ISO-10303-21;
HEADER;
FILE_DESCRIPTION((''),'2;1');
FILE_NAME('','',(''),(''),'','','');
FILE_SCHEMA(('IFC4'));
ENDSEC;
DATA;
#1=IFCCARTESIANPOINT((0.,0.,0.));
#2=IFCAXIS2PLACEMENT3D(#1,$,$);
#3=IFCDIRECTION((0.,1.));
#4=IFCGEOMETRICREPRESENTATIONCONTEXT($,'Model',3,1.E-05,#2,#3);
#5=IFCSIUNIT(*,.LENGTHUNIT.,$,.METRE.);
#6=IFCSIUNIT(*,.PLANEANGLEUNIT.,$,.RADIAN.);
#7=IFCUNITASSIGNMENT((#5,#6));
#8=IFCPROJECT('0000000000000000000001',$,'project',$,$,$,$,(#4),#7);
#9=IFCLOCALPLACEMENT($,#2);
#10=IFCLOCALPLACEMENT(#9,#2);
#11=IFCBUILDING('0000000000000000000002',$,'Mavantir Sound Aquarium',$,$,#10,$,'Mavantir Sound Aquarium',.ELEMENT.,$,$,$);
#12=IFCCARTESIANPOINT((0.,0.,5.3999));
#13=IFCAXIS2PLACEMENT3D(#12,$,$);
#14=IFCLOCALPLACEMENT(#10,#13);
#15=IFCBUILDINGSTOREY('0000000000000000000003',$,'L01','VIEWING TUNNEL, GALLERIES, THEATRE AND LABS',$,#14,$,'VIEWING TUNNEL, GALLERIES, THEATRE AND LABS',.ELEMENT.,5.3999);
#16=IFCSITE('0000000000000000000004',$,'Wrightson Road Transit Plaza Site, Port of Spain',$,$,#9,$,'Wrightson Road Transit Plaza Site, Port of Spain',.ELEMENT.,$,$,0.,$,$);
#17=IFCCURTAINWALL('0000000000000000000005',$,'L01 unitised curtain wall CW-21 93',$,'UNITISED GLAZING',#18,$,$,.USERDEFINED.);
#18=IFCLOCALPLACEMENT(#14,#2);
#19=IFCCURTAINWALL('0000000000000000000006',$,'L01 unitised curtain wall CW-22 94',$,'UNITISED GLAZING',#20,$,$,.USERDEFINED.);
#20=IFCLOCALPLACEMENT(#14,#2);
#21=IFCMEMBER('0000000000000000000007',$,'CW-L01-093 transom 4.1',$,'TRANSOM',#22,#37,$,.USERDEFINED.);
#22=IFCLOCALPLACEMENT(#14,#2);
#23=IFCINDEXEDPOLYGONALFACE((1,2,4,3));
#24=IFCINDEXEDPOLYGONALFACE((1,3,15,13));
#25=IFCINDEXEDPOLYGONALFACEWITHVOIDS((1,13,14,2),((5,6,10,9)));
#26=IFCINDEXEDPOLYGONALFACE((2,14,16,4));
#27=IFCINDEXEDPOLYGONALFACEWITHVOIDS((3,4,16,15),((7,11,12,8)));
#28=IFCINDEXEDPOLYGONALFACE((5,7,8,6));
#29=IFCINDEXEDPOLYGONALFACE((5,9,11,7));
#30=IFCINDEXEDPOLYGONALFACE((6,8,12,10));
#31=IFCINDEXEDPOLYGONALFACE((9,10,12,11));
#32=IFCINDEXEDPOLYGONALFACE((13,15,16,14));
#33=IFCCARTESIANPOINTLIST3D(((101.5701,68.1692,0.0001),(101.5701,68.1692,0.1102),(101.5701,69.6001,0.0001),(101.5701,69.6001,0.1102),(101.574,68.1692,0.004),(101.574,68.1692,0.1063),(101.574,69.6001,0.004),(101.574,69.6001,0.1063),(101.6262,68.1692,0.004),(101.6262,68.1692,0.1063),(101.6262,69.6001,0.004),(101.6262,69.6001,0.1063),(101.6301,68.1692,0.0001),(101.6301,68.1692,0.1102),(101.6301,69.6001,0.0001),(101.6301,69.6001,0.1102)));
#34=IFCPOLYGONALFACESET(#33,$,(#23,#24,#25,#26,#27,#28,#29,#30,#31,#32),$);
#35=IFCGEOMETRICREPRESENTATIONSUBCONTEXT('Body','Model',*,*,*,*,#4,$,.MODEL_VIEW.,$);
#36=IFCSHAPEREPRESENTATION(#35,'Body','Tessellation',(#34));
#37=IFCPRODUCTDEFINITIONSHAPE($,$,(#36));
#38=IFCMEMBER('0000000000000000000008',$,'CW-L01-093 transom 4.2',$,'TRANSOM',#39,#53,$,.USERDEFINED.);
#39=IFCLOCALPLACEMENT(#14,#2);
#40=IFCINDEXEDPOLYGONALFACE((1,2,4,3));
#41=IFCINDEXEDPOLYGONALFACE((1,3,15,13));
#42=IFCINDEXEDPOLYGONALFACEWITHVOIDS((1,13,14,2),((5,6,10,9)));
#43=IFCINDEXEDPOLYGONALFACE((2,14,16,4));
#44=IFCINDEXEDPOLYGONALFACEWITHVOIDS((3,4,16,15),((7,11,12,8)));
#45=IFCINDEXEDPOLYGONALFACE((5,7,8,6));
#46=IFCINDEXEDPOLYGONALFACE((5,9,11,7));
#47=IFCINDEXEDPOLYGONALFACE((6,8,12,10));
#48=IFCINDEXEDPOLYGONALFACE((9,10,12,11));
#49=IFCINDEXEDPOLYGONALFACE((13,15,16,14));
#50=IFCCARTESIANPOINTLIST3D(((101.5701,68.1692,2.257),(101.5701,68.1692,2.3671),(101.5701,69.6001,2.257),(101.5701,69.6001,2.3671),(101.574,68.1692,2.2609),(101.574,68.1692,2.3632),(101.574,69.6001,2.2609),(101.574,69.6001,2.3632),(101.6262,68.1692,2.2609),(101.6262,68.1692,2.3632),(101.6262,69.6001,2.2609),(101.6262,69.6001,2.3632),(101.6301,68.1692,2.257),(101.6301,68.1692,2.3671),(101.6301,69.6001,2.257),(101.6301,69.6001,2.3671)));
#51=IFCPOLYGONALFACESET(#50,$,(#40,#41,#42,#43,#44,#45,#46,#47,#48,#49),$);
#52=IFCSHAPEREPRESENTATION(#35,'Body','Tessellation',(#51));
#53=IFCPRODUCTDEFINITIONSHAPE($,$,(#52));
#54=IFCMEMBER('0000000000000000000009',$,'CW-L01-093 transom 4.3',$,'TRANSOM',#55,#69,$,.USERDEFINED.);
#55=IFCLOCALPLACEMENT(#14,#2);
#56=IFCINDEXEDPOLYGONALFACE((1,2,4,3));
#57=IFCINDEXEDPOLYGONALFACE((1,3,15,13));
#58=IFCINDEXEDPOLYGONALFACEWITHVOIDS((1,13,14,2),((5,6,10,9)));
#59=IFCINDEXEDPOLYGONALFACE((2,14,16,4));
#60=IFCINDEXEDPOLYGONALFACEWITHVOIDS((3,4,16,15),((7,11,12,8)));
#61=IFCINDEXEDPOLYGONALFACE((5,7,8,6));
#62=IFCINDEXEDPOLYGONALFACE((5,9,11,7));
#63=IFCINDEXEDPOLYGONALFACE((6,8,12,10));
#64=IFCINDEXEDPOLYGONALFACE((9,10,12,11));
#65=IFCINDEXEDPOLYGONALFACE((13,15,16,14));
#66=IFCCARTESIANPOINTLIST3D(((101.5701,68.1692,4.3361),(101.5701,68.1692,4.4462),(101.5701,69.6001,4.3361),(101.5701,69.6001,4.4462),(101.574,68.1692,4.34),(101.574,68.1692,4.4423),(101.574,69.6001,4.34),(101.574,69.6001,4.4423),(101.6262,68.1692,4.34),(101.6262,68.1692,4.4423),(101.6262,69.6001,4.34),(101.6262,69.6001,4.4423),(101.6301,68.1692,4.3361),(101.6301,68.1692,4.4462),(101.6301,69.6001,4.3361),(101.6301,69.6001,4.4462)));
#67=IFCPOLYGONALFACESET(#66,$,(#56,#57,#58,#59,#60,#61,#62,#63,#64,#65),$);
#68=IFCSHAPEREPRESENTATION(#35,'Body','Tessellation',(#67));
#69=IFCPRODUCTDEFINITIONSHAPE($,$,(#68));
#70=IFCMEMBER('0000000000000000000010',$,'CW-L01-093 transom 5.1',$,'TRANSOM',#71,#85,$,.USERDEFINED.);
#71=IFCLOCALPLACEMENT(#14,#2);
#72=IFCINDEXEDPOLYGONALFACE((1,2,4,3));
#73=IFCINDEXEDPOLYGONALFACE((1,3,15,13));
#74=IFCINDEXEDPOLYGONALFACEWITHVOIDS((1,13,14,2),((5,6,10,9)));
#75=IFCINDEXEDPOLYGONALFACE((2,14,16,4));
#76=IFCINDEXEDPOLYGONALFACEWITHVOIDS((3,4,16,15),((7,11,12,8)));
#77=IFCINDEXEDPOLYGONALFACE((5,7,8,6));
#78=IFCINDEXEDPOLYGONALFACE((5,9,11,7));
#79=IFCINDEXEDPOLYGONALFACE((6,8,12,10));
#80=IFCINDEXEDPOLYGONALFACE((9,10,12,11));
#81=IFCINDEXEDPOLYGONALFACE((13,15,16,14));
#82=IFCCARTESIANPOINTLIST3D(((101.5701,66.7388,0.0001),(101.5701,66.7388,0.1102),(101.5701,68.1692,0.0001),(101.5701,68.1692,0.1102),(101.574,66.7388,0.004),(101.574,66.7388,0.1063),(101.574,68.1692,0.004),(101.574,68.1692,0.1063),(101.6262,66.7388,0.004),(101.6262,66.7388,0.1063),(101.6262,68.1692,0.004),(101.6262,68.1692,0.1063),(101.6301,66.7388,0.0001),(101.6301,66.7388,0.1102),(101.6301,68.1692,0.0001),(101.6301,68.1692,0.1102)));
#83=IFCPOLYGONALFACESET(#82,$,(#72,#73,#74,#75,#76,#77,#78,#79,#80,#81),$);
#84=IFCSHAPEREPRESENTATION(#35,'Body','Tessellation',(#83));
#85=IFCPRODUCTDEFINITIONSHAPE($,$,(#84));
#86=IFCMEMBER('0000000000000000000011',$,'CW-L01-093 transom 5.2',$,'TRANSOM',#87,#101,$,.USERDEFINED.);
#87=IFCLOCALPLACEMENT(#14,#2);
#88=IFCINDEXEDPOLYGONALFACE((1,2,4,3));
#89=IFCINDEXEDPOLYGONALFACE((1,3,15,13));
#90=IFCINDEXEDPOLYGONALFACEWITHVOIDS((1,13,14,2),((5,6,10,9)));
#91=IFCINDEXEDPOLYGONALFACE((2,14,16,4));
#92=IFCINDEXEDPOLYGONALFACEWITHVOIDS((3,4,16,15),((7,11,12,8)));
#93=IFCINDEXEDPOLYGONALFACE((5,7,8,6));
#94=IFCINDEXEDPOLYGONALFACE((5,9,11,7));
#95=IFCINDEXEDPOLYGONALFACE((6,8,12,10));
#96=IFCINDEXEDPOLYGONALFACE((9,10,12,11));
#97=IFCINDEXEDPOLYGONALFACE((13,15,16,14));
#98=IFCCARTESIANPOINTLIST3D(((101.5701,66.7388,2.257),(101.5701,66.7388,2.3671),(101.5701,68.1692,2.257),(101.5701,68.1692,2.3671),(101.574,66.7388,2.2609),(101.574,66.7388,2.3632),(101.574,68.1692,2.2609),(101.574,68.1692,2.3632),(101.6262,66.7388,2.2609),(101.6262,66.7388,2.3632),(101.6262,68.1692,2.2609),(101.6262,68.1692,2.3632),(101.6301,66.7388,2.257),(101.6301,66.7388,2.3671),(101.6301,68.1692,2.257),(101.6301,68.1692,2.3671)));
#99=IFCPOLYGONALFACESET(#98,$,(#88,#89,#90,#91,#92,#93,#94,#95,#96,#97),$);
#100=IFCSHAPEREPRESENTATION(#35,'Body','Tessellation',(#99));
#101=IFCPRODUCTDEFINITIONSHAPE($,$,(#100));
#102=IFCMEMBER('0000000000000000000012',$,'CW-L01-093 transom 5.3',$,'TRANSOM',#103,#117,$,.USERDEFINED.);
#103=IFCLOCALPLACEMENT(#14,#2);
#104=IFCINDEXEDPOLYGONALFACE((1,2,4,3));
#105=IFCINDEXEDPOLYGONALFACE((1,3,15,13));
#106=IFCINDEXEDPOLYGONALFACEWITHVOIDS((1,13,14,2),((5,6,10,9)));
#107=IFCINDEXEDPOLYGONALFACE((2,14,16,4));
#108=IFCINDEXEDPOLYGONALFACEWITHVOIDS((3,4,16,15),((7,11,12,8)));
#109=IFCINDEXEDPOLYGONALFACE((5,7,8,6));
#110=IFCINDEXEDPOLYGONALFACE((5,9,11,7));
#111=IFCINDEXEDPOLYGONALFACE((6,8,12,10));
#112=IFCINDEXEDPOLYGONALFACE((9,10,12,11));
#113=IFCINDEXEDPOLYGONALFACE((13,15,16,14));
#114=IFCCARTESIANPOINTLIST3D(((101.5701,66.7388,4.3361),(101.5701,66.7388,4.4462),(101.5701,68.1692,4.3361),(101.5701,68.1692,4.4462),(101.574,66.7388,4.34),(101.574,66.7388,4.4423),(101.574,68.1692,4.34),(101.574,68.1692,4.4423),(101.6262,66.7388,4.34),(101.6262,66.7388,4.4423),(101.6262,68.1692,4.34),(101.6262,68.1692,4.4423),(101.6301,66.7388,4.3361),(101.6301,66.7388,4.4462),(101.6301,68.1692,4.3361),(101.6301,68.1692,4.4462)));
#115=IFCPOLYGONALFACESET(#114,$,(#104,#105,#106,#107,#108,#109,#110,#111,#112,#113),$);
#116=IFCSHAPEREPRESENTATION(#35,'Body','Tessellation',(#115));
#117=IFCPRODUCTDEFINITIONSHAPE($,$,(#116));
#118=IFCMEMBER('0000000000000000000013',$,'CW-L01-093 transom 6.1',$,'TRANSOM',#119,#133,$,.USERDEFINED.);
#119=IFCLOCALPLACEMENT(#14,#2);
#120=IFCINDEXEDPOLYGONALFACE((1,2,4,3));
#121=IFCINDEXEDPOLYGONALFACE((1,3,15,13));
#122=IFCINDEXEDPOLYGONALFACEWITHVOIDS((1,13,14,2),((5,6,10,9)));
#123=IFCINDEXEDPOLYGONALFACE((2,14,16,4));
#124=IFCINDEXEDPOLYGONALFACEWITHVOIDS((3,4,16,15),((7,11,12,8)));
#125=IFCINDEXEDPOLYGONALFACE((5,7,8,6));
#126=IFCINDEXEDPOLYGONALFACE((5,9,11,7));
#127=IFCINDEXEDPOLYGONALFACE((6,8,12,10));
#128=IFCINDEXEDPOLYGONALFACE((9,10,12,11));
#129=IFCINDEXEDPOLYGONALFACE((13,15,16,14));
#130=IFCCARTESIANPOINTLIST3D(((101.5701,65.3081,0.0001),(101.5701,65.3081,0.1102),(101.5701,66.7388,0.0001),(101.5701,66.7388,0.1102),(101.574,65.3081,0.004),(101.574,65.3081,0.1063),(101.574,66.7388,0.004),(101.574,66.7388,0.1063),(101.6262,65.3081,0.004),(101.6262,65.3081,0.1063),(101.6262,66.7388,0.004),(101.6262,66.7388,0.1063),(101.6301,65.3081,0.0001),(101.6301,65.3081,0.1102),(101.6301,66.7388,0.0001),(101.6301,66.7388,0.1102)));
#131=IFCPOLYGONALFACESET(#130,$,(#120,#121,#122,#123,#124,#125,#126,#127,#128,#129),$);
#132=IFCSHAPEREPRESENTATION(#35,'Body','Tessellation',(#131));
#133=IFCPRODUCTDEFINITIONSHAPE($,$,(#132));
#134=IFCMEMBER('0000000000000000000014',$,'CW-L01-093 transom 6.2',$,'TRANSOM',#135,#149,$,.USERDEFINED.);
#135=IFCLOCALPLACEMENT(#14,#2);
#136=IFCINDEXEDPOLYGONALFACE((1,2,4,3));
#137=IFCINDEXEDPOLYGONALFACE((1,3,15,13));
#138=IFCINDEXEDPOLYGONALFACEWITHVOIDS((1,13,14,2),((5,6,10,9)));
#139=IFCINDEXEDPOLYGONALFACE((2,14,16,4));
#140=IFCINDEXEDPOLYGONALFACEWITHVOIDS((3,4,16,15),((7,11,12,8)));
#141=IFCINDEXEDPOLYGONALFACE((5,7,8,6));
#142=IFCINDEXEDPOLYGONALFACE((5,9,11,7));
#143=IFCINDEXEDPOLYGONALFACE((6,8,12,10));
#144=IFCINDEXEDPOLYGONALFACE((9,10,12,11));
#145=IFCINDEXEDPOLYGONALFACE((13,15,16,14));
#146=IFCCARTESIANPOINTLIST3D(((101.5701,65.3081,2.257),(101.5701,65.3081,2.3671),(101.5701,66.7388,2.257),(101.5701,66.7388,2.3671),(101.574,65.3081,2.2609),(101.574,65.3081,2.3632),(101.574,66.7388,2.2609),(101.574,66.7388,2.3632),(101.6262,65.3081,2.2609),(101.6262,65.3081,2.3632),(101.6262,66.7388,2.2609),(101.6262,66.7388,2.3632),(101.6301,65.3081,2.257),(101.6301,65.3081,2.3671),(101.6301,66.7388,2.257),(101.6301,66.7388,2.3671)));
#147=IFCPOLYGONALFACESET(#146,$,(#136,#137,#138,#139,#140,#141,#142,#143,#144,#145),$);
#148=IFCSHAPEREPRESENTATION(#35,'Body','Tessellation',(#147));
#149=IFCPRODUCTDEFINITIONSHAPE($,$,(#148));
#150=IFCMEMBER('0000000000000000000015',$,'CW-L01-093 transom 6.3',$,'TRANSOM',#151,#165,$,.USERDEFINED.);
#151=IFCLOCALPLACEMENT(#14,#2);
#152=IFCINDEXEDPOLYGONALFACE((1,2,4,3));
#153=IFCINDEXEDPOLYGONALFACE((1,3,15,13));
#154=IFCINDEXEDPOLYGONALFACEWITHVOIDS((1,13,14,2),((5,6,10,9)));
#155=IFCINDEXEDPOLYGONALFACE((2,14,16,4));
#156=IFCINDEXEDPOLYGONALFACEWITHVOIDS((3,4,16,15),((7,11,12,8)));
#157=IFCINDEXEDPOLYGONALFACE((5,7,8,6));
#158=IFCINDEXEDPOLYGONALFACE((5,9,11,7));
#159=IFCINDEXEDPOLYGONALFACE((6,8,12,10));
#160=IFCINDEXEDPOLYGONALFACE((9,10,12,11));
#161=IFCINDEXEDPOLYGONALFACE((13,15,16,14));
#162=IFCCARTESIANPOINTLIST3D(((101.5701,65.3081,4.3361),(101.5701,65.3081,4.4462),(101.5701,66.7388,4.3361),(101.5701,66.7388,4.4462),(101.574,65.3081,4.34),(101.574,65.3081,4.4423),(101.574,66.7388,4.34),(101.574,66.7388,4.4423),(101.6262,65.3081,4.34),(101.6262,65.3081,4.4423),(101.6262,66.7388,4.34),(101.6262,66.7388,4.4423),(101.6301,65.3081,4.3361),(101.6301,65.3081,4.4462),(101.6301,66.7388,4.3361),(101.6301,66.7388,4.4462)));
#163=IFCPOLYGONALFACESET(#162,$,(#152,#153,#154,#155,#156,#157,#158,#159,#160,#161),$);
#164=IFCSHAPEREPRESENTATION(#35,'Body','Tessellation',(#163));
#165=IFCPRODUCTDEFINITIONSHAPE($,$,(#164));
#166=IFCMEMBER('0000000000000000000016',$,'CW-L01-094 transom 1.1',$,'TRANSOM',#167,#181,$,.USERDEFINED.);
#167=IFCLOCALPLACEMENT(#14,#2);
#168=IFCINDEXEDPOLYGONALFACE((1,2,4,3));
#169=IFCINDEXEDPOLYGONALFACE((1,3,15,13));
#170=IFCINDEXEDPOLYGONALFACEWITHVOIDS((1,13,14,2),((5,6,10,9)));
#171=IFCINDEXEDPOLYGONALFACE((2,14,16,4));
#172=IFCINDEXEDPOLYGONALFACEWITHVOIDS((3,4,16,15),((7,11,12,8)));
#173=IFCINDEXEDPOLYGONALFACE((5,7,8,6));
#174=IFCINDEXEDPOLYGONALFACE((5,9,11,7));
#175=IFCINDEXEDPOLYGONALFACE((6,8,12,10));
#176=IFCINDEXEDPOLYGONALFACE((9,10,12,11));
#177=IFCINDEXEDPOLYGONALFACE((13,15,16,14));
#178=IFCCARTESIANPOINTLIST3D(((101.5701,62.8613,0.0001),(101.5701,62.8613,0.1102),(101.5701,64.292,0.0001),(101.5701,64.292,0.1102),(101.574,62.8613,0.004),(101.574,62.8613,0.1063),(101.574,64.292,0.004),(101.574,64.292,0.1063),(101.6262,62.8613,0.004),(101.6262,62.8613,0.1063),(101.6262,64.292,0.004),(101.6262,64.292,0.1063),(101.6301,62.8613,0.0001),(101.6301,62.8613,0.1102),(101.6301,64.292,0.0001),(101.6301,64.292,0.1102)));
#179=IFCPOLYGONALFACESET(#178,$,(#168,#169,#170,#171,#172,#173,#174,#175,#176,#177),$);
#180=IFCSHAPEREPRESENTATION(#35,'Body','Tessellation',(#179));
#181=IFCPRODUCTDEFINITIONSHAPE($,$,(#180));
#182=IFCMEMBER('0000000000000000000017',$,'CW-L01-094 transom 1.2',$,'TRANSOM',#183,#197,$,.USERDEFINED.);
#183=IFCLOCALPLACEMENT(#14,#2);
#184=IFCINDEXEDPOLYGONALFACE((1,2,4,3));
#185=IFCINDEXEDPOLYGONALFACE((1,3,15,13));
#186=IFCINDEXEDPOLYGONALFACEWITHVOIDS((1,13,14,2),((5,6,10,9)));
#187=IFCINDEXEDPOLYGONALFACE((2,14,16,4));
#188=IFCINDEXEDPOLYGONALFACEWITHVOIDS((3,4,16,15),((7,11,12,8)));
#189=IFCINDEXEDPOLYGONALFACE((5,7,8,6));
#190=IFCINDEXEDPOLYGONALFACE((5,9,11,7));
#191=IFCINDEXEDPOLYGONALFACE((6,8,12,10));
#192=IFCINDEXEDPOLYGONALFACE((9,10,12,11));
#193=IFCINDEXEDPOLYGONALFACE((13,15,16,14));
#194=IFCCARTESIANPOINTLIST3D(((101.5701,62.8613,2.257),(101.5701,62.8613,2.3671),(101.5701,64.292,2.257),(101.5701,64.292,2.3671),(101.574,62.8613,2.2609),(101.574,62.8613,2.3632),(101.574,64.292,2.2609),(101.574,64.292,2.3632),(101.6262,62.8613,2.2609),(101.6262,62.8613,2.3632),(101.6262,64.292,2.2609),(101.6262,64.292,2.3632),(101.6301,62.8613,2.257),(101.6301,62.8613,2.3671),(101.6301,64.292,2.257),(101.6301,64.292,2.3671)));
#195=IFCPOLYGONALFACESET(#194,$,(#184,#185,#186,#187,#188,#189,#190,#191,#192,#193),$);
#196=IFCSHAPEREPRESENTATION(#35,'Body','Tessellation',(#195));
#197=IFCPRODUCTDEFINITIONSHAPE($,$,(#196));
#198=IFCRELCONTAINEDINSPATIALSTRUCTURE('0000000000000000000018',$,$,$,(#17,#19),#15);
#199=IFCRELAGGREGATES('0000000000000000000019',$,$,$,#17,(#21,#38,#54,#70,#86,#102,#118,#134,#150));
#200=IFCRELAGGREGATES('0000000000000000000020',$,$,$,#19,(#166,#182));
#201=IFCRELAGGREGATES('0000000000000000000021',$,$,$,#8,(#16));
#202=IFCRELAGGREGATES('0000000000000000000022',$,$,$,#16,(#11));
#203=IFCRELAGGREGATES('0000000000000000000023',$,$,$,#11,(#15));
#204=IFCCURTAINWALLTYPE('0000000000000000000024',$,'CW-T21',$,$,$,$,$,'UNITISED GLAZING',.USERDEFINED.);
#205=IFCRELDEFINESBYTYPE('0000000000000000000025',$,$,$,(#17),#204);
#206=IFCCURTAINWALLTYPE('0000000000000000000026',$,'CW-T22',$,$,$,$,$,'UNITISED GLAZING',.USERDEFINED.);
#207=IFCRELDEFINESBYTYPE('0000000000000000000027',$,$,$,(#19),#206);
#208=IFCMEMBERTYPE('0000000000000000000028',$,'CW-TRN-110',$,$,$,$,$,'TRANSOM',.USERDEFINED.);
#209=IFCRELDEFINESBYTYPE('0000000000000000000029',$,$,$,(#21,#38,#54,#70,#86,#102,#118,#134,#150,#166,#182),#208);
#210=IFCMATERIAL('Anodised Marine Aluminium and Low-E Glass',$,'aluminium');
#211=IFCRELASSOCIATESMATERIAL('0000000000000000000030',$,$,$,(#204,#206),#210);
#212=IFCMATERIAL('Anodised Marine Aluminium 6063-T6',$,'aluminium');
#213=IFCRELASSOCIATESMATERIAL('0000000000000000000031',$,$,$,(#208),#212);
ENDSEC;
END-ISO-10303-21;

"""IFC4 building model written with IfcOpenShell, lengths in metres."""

from ifc_helpers import new_model, si_unit, direction, frame, origin, origin_2d, place, context, subcontext, project, spatial, hollow_rectangle, extrude, material, material_profile, profile_set, type_object, element, aggregate, save


model = new_model("IFC4")

# Units and contexts
model_context = context("Model", 3, precision=1e-05, world=origin(), true_north=direction((0.0, 1.0)))
body_context = subcontext(model_context, "Body", "Model", "MODEL_VIEW")
ifc_project = project(units=[si_unit("LENGTHUNIT", "METRE"), si_unit("PLANEANGLEUNIT", "RADIAN")], contexts=[model_context])

# Site, building, storey
site_placement = place(None, origin())
site = spatial("IfcSite", under=ifc_project, at=site_placement, Name="Wrightson Road Transit Plaza Site, Port of Spain", LongName="Wrightson Road Transit Plaza Site, Port of Spain", CompositionType="ELEMENT", RefElevation=0.0)
building_placement = place(site_placement, origin())
building = spatial("IfcBuilding", under=site, at=building_placement, Name="Mavantir Sound Aquarium", LongName="Mavantir Sound Aquarium", CompositionType="ELEMENT")
storey_placement = place(building_placement, frame((0.0, 0.0, 5.3999)))
storey = spatial("IfcBuildingStorey", under=building, at=storey_placement, Name="L01", Description="VIEWING TUNNEL, GALLERIES, THEATRE AND LABS", LongName="VIEWING TUNNEL, GALLERIES, THEATRE AND LABS", CompositionType="ELEMENT", Elevation=5.3999)

# Curtain walls
ifc_material_1 = material(Name="Anodised Marine Aluminium and Low-E Glass", Category="aluminium")
curtain_wall_type_1 = type_object("IfcCurtainWallType", Name="CW-T21", ElementType="UNITISED GLAZING", PredefinedType="USERDEFINED", material=ifc_material_1)
curtain_wall_1_placement = place(storey_placement, origin())
curtain_wall_1 = element("IfcCurtainWall", 1, at=curtain_wall_1_placement, inside=storey, type_object=curtain_wall_type_1, Name="L01 unitised curtain wall CW-21 93", ObjectType="UNITISED GLAZING", PredefinedType="USERDEFINED")
ifc_material_2 = material(Name="Anodised Marine Aluminium 6063-T6", Category="aluminium")
curtain_wall_type_2 = type_object("IfcCurtainWallType", Name="CW-T22", ElementType="UNITISED GLAZING", PredefinedType="USERDEFINED", material=ifc_material_1)
curtain_wall_2_placement = place(storey_placement, origin())
curtain_wall_2 = element("IfcCurtainWall", 2, at=curtain_wall_2_placement, inside=storey, type_object=curtain_wall_type_2, Name="L01 unitised curtain wall CW-22 94", ObjectType="UNITISED GLAZING", PredefinedType="USERDEFINED")

# Members
ifc_material_profile_1 = material_profile(ifc_material_2, hollow_rectangle(XDim=0.0601, YDim=0.1101, WallThickness=0.0039, at=origin_2d()), Name="ALU-TRANSOM-110X60")
ifc_profile_set_1 = profile_set([ifc_material_profile_1], Name="Anodised Marine Aluminium 6063-T6")
member_type_1 = type_object("IfcMemberType", Name="CW-TRN-110", ElementType="TRANSOM", PredefinedType="USERDEFINED", material=ifc_profile_set_1)
member_1_placement = place(storey_placement, frame((101.6001, 69.6001, 0.0552), z_axis=(0.0, -1.0, 0.0), x_axis=(1.0, 0.0, 0.0)))
member_1 = element("IfcMember", 3, at=member_1_placement, type_object=member_type_1, Name="CW-L01-093 transom 4.1", ObjectType="TRANSOM", PredefinedType="USERDEFINED", context=body_context, shape_type="SweptSolid", body=[
    extrude(hollow_rectangle(XDim=0.0601, YDim=0.1101, WallThickness=0.0039, at=origin_2d()), origin(), (0.0, 0.0, 1.0), 1.4309),
])
member_2_placement = place(storey_placement, frame((101.6001, 69.6001, 2.312), z_axis=(0.0, -1.0, 0.0), x_axis=(1.0, 0.0, 0.0)))
member_2 = element("IfcMember", 4, at=member_2_placement, type_object=member_type_1, Name="CW-L01-093 transom 4.2", ObjectType="TRANSOM", PredefinedType="USERDEFINED", context=body_context, shape_type="SweptSolid", body=[
    extrude(hollow_rectangle(XDim=0.0601, YDim=0.1101, WallThickness=0.0039, at=origin_2d()), origin(), (0.0, 0.0, 1.0), 1.4309),
])
member_3_placement = place(storey_placement, frame((101.6001, 69.6001, 4.3911), z_axis=(0.0, -1.0, 0.0), x_axis=(1.0, 0.0, 0.0)))
member_3 = element("IfcMember", 5, at=member_3_placement, type_object=member_type_1, Name="CW-L01-093 transom 4.3", ObjectType="TRANSOM", PredefinedType="USERDEFINED", context=body_context, shape_type="SweptSolid", body=[
    extrude(hollow_rectangle(XDim=0.0601, YDim=0.1101, WallThickness=0.0039, at=origin_2d()), origin(), (0.0, 0.0, 1.0), 1.4309),
])
member_4_placement = place(storey_placement, frame((101.6001, 68.1692, 0.0552), z_axis=(0.0, -1.0, 0.0), x_axis=(1.0, 0.0, 0.0)))
member_4 = element("IfcMember", 6, at=member_4_placement, type_object=member_type_1, Name="CW-L01-093 transom 5.1", ObjectType="TRANSOM", PredefinedType="USERDEFINED", context=body_context, shape_type="SweptSolid", body=[
    extrude(hollow_rectangle(XDim=0.0601, YDim=0.1101, WallThickness=0.0039, at=origin_2d()), origin(), (0.0, 0.0, 1.0), 1.4304),
])
member_5_placement = place(storey_placement, frame((101.6001, 68.1692, 2.312), z_axis=(0.0, -1.0, 0.0), x_axis=(1.0, 0.0, 0.0)))
member_5 = element("IfcMember", 7, at=member_5_placement, type_object=member_type_1, Name="CW-L01-093 transom 5.2", ObjectType="TRANSOM", PredefinedType="USERDEFINED", context=body_context, shape_type="SweptSolid", body=[
    extrude(hollow_rectangle(XDim=0.0601, YDim=0.1101, WallThickness=0.0039, at=origin_2d()), origin(), (0.0, 0.0, 1.0), 1.4304),
])
member_6_placement = place(storey_placement, frame((101.6001, 68.1692, 4.3911), z_axis=(0.0, -1.0, 0.0), x_axis=(1.0, 0.0, 0.0)))
member_6 = element("IfcMember", 8, at=member_6_placement, type_object=member_type_1, Name="CW-L01-093 transom 5.3", ObjectType="TRANSOM", PredefinedType="USERDEFINED", context=body_context, shape_type="SweptSolid", body=[
    extrude(hollow_rectangle(XDim=0.0601, YDim=0.1101, WallThickness=0.0039, at=origin_2d()), origin(), (0.0, 0.0, 1.0), 1.4304),
])
member_7_placement = place(storey_placement, frame((101.6001, 66.7388, 0.0552), z_axis=(0.0, -1.0, 0.0), x_axis=(1.0, 0.0, 0.0)))
member_7 = element("IfcMember", 9, at=member_7_placement, type_object=member_type_1, Name="CW-L01-093 transom 6.1", ObjectType="TRANSOM", PredefinedType="USERDEFINED", context=body_context, shape_type="SweptSolid", body=[
    extrude(hollow_rectangle(XDim=0.0601, YDim=0.1101, WallThickness=0.0039, at=origin_2d()), origin(), (0.0, 0.0, 1.0), 1.4307),
])
member_8_placement = place(storey_placement, frame((101.6001, 66.7388, 2.312), z_axis=(0.0, -1.0, 0.0), x_axis=(1.0, 0.0, 0.0)))
member_8 = element("IfcMember", 10, at=member_8_placement, type_object=member_type_1, Name="CW-L01-093 transom 6.2", ObjectType="TRANSOM", PredefinedType="USERDEFINED", context=body_context, shape_type="SweptSolid", body=[
    extrude(hollow_rectangle(XDim=0.0601, YDim=0.1101, WallThickness=0.0039, at=origin_2d()), origin(), (0.0, 0.0, 1.0), 1.4307),
])
member_9_placement = place(storey_placement, frame((101.6001, 66.7388, 4.3911), z_axis=(0.0, -1.0, 0.0), x_axis=(1.0, 0.0, 0.0)))
member_9 = element("IfcMember", 11, at=member_9_placement, type_object=member_type_1, Name="CW-L01-093 transom 6.3", ObjectType="TRANSOM", PredefinedType="USERDEFINED", context=body_context, shape_type="SweptSolid", body=[
    extrude(hollow_rectangle(XDim=0.0601, YDim=0.1101, WallThickness=0.0039, at=origin_2d()), origin(), (0.0, 0.0, 1.0), 1.4307),
])
member_10_placement = place(storey_placement, frame((101.6001, 64.292, 0.0552), z_axis=(0.0, -1.0, 0.0), x_axis=(1.0, 0.0, 0.0)))
member_10 = element("IfcMember", 12, at=member_10_placement, type_object=member_type_1, Name="CW-L01-094 transom 1.1", ObjectType="TRANSOM", PredefinedType="USERDEFINED", context=body_context, shape_type="SweptSolid", body=[
    extrude(hollow_rectangle(XDim=0.0601, YDim=0.1101, WallThickness=0.0039, at=origin_2d()), origin(), (0.0, 0.0, 1.0), 1.4307),
])
member_11_placement = place(storey_placement, frame((101.6001, 64.292, 2.312), z_axis=(0.0, -1.0, 0.0), x_axis=(1.0, 0.0, 0.0)))
member_11 = element("IfcMember", 13, at=member_11_placement, type_object=member_type_1, Name="CW-L01-094 transom 1.2", ObjectType="TRANSOM", PredefinedType="USERDEFINED", context=body_context, shape_type="SweptSolid", body=[
    extrude(hollow_rectangle(XDim=0.0601, YDim=0.1101, WallThickness=0.0039, at=origin_2d()), origin(), (0.0, 0.0, 1.0), 1.4307),
])

aggregate(curtain_wall_1, [member_1, member_2, member_3, member_4, member_5, member_6, member_7, member_8, member_9])
aggregate(curtain_wall_2, [member_10, member_11])

save(model, "model.ifc")
